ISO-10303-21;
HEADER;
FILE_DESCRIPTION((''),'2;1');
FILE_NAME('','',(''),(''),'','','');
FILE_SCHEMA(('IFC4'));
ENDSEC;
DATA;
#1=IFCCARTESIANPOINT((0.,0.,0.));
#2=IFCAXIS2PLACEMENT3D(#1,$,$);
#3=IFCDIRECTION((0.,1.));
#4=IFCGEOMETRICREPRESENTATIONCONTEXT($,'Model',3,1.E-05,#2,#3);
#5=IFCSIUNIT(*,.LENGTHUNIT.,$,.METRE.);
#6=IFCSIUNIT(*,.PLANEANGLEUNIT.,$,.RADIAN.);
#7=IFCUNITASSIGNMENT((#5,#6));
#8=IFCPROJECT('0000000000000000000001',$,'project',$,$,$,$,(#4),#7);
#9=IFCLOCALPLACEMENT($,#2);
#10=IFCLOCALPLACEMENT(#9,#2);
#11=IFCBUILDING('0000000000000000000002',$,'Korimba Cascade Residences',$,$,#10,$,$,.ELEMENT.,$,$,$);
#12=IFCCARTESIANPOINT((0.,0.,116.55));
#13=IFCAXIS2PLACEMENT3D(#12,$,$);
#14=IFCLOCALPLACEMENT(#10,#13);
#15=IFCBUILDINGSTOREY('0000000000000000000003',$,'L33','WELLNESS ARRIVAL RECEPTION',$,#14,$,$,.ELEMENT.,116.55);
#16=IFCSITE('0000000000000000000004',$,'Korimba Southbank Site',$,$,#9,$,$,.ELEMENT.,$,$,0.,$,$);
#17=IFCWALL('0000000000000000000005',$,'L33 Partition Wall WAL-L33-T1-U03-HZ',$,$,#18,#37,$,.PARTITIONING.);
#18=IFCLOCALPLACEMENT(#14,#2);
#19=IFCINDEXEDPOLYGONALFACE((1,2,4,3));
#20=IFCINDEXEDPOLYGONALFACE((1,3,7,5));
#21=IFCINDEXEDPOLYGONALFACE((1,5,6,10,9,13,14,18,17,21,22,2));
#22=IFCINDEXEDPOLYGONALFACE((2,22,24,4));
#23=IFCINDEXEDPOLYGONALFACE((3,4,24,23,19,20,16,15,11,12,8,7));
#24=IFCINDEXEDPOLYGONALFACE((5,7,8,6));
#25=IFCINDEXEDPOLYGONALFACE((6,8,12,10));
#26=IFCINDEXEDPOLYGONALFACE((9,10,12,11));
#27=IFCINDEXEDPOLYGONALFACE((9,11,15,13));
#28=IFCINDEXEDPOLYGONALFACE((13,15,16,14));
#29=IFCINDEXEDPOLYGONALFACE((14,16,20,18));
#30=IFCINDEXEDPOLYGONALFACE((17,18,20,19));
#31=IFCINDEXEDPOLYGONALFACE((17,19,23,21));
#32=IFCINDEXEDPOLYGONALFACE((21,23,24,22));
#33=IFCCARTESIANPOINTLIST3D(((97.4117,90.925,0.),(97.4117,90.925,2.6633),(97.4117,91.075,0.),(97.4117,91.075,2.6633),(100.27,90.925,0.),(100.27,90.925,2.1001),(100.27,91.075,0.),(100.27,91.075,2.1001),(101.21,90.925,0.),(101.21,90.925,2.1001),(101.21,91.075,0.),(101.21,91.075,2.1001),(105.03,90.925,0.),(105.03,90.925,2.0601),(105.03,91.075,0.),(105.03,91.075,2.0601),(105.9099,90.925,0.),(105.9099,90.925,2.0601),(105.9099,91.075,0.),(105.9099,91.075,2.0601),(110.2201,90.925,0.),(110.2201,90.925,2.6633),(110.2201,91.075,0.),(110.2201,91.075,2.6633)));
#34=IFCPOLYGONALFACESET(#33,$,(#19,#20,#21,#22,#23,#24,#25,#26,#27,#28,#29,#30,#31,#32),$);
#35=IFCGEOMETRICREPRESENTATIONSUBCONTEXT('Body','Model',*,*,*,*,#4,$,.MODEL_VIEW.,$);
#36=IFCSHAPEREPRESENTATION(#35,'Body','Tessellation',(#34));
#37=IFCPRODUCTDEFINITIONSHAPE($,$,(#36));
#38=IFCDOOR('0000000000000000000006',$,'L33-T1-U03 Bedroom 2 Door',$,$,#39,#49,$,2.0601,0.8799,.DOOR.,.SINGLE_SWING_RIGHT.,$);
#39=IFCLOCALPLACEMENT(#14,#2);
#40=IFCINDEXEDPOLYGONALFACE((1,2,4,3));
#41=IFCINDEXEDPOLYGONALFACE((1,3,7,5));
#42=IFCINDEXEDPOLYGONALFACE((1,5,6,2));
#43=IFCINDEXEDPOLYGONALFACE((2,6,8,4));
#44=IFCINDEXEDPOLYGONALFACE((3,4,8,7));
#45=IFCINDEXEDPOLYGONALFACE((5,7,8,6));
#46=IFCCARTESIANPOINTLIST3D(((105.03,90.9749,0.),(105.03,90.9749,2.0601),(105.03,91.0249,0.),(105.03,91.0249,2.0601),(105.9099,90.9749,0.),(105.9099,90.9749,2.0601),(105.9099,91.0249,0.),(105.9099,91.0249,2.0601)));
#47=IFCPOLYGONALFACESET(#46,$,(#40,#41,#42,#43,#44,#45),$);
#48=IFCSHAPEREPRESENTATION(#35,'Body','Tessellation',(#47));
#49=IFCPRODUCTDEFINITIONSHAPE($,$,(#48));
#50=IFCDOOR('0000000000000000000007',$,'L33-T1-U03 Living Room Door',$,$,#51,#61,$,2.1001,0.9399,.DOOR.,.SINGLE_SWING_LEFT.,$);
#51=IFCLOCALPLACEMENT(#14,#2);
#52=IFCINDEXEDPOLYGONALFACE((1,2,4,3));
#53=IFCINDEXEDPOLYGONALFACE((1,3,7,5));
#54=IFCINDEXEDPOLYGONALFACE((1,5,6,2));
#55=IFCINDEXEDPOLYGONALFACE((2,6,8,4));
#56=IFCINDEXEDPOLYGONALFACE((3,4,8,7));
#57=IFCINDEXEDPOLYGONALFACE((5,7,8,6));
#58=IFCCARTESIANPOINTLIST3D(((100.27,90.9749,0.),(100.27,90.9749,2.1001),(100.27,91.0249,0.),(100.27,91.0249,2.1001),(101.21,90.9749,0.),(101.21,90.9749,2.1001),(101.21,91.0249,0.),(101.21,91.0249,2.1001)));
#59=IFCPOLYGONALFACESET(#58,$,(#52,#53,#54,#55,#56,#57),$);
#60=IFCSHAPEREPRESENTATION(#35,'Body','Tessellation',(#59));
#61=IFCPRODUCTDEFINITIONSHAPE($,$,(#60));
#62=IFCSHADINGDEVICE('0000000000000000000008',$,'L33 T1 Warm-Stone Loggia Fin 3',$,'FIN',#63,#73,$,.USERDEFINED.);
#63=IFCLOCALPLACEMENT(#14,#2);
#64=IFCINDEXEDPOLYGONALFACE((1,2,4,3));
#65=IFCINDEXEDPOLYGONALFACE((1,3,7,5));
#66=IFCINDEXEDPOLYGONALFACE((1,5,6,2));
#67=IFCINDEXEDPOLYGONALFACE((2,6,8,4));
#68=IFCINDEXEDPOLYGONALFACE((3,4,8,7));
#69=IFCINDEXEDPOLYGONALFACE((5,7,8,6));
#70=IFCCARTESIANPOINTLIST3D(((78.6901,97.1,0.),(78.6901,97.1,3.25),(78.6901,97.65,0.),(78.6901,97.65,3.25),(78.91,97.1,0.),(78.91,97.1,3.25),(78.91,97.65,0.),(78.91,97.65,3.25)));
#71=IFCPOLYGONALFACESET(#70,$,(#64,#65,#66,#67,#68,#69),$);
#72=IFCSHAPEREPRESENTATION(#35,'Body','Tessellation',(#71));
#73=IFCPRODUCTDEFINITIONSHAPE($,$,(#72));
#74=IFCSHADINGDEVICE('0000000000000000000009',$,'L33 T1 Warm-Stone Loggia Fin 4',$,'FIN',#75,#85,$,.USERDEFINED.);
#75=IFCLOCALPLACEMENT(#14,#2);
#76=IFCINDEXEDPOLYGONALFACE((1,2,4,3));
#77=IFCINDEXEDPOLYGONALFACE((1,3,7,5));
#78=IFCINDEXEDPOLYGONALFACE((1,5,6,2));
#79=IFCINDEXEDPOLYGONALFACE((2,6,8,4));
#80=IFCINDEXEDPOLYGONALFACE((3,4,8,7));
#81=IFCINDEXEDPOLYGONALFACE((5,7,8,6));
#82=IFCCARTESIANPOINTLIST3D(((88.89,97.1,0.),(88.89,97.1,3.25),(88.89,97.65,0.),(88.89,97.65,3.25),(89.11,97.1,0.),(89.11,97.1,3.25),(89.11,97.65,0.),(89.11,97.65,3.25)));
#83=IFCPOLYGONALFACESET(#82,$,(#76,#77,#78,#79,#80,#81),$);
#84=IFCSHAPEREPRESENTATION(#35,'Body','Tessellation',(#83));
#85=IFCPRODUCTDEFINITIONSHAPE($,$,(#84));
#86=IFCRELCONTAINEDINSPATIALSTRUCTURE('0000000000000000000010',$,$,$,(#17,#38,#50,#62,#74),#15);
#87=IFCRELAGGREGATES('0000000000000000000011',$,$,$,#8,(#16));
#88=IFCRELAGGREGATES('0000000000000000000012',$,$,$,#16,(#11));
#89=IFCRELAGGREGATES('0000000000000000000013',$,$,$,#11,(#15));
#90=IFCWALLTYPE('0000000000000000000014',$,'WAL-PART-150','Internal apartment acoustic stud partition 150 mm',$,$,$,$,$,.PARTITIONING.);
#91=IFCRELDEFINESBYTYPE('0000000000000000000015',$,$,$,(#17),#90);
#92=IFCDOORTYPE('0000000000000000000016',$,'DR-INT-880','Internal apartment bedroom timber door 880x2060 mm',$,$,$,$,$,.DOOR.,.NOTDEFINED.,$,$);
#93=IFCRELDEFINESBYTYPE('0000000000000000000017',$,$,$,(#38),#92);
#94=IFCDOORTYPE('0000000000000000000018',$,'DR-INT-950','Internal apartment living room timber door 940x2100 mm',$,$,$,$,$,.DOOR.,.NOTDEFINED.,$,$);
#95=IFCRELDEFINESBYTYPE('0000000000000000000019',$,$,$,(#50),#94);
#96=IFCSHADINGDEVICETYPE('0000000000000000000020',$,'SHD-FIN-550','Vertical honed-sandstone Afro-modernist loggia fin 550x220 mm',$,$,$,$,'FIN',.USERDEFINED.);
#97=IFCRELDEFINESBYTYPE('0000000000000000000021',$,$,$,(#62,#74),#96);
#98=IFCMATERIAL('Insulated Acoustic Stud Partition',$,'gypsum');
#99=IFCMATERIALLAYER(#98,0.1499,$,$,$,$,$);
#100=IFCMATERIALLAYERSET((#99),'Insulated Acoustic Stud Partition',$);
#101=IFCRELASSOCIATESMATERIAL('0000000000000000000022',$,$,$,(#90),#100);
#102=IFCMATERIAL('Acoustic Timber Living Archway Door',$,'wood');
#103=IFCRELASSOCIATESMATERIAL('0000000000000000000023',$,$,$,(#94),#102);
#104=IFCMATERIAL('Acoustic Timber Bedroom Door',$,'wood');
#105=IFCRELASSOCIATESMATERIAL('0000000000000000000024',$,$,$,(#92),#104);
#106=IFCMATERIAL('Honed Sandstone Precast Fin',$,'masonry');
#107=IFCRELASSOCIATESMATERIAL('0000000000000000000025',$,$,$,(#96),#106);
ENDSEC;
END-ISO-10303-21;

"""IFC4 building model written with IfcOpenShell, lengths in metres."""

from ifc_helpers import new_model, si_unit, direction, frame, frame_2d, origin, origin_2d, place, context, subcontext, project, spatial, rectangle, extrude, material, layer, layer_set, type_object, element, fill, save


model = new_model("IFC4")

# Units and contexts
model_context = context("Model", 3, precision=1e-05, world=origin(), true_north=direction((0.0, 1.0)))
body_context = subcontext(model_context, "Body", "Model", "MODEL_VIEW")
ifc_project = project(units=[si_unit("LENGTHUNIT", "METRE"), si_unit("PLANEANGLEUNIT", "RADIAN")], contexts=[model_context])

# Site, building, storey
site_placement = place(None, origin())
site = spatial("IfcSite", under=ifc_project, at=site_placement, Name="Korimba Southbank Site", CompositionType="ELEMENT", RefElevation=0.0)
building_placement = place(site_placement, origin())
building = spatial("IfcBuilding", under=site, at=building_placement, Name="Korimba Cascade Residences", CompositionType="ELEMENT")
storey_placement = place(building_placement, frame((0.0, 0.0, 116.55)))
storey = spatial("IfcBuildingStorey", under=building, at=storey_placement, Name="L33", Description="WELLNESS ARRIVAL RECEPTION", CompositionType="ELEMENT", Elevation=116.55)

# Shared definitions
ifc_material_1 = material(Name="Insulated Acoustic Stud Partition", Category="gypsum")
ifc_layer = layer(ifc_material_1, 0.1499)
ifc_layer_set = layer_set([ifc_layer], Name="Insulated Acoustic Stud Partition")
wall_type = type_object("IfcWallType", Name="WAL-PART-150", Description="Internal apartment acoustic stud partition 150 mm", PredefinedType="PARTITIONING", material=ifc_layer_set)
ifc_material_2 = material(Name="Acoustic Timber Living Archway Door", Category="wood")
door_type_1 = type_object("IfcDoorType", Name="DR-INT-950", Description="Internal apartment living room timber door 940x2100 mm", OperationType="NOTDEFINED", PredefinedType="DOOR", material=ifc_material_2)

# Wall, openings, doors
wall_1_placement = place(storey_placement, frame((97.4116, 91.0, 0.0), z_axis=(0.0, 0.0, 1.0), x_axis=(1.0, 0.0, 0.0)))
wall_1 = element("IfcWall", 1, at=wall_1_placement, inside=storey, type_object=wall_type, Name="L33 Partition Wall WAL-L33-T1-U03-HZ", PredefinedType="PARTITIONING", context=body_context, shape_type="SweptSolid", body=[
    extrude(rectangle(XDim=12.8083, YDim=0.1499, at=frame_2d((6.4043, 0.0))), origin(), (0.0, 0.0, 1.0), 2.6633),
])
opening_1_placement = place(wall_1_placement, frame((2.8584, 0.0, 0.0)))
opening_1 = element("IfcOpeningElement", 2, at=opening_1_placement, cuts=wall_1, PredefinedType="OPENING", context=body_context, shape_type="SweptSolid", body=[
    extrude(rectangle(XDim=0.9399, YDim=2.1001, at=frame_2d((0.47, 1.05))), frame((0.0, 0.085, 0.0), z_axis=(0.0, -1.0, 0.0), x_axis=(1.0, 0.0, 0.0)), (0.0, 0.0, 1.0), 0.1699),
])
opening_2_placement = place(wall_1_placement, frame((7.6184, 0.0, 0.0)))
opening_2 = element("IfcOpeningElement", 3, at=opening_2_placement, cuts=wall_1, PredefinedType="OPENING", context=body_context, shape_type="SweptSolid", body=[
    extrude(rectangle(XDim=0.8799, YDim=2.0601, at=frame_2d((0.4399, 1.03))), frame((0.0, 0.085, 0.0), z_axis=(0.0, -1.0, 0.0), x_axis=(1.0, 0.0, 0.0)), (0.0, 0.0, 1.0), 0.1699),
])
ifc_material_3 = material(Name="Acoustic Timber Bedroom Door", Category="wood")
door_type_2 = type_object("IfcDoorType", Name="DR-INT-880", Description="Internal apartment bedroom timber door 880x2060 mm", OperationType="NOTDEFINED", PredefinedType="DOOR", material=ifc_material_3)
door_1_placement = place(opening_2_placement, origin())
door_1 = element("IfcDoor", 4, at=door_1_placement, inside=storey, type_object=door_type_2, Name="L33-T1-U03 Bedroom 2 Door", OperationType="SINGLE_SWING_RIGHT", OverallHeight=2.0601, OverallWidth=0.8799, PredefinedType="DOOR", context=body_context, shape_type="SweptSolid", body=[
    extrude(rectangle(XDim=0.8799, YDim=2.0601, at=frame_2d((0.4399, 1.03))), frame((0.0, 0.0249, 0.0), z_axis=(0.0, -1.0, 0.0), x_axis=(1.0, 0.0, 0.0)), (0.0, 0.0, 1.0), 0.05),
])
fill(opening_2, door_1)
door_2_placement = place(opening_1_placement, origin())
door_2 = element("IfcDoor", 5, at=door_2_placement, inside=storey, type_object=door_type_1, Name="L33-T1-U03 Living Room Door", OperationType="SINGLE_SWING_LEFT", OverallHeight=2.1001, OverallWidth=0.9399, PredefinedType="DOOR", context=body_context, shape_type="SweptSolid", body=[
    extrude(rectangle(XDim=0.9399, YDim=2.1001, at=frame_2d((0.47, 1.05))), frame((0.0, 0.0249, 0.0), z_axis=(0.0, -1.0, 0.0), x_axis=(1.0, 0.0, 0.0)), (0.0, 0.0, 1.0), 0.05),
])
fill(opening_1, door_2)

# Shading devices
ifc_material_4 = material(Name="Honed Sandstone Precast Fin", Category="masonry")
shading_device_type = type_object("IfcShadingDeviceType", Name="SHD-FIN-550", Description="Vertical honed-sandstone Afro-modernist loggia fin 550x220 mm", ElementType="FIN", PredefinedType="USERDEFINED", material=ifc_material_4)
for number, where, z_axis, x_axis, name in (
    (6, (78.8, 97.375, 0.0), (0.0, 0.0, 1.0), (1.0, 0.0, 0.0), "L33 T1 Warm-Stone Loggia Fin 3"),
    (7, (89.0, 97.375, 0.0), (0.0, 0.0, 1.0), (1.0, 0.0, 0.0), "L33 T1 Warm-Stone Loggia Fin 4"),
):
    element("IfcShadingDevice", number, at=place(storey_placement, frame(where, z_axis=z_axis, x_axis=x_axis)), inside=storey, type_object=shading_device_type, Name=name, ObjectType="FIN", PredefinedType="USERDEFINED", context=body_context, shape_type="SweptSolid", body=[
        extrude(rectangle(XDim=0.22, YDim=0.55, at=origin_2d()), origin(), (0.0, 0.0, 1.0), 3.25),
    ])

save(model, "model.ifc")
